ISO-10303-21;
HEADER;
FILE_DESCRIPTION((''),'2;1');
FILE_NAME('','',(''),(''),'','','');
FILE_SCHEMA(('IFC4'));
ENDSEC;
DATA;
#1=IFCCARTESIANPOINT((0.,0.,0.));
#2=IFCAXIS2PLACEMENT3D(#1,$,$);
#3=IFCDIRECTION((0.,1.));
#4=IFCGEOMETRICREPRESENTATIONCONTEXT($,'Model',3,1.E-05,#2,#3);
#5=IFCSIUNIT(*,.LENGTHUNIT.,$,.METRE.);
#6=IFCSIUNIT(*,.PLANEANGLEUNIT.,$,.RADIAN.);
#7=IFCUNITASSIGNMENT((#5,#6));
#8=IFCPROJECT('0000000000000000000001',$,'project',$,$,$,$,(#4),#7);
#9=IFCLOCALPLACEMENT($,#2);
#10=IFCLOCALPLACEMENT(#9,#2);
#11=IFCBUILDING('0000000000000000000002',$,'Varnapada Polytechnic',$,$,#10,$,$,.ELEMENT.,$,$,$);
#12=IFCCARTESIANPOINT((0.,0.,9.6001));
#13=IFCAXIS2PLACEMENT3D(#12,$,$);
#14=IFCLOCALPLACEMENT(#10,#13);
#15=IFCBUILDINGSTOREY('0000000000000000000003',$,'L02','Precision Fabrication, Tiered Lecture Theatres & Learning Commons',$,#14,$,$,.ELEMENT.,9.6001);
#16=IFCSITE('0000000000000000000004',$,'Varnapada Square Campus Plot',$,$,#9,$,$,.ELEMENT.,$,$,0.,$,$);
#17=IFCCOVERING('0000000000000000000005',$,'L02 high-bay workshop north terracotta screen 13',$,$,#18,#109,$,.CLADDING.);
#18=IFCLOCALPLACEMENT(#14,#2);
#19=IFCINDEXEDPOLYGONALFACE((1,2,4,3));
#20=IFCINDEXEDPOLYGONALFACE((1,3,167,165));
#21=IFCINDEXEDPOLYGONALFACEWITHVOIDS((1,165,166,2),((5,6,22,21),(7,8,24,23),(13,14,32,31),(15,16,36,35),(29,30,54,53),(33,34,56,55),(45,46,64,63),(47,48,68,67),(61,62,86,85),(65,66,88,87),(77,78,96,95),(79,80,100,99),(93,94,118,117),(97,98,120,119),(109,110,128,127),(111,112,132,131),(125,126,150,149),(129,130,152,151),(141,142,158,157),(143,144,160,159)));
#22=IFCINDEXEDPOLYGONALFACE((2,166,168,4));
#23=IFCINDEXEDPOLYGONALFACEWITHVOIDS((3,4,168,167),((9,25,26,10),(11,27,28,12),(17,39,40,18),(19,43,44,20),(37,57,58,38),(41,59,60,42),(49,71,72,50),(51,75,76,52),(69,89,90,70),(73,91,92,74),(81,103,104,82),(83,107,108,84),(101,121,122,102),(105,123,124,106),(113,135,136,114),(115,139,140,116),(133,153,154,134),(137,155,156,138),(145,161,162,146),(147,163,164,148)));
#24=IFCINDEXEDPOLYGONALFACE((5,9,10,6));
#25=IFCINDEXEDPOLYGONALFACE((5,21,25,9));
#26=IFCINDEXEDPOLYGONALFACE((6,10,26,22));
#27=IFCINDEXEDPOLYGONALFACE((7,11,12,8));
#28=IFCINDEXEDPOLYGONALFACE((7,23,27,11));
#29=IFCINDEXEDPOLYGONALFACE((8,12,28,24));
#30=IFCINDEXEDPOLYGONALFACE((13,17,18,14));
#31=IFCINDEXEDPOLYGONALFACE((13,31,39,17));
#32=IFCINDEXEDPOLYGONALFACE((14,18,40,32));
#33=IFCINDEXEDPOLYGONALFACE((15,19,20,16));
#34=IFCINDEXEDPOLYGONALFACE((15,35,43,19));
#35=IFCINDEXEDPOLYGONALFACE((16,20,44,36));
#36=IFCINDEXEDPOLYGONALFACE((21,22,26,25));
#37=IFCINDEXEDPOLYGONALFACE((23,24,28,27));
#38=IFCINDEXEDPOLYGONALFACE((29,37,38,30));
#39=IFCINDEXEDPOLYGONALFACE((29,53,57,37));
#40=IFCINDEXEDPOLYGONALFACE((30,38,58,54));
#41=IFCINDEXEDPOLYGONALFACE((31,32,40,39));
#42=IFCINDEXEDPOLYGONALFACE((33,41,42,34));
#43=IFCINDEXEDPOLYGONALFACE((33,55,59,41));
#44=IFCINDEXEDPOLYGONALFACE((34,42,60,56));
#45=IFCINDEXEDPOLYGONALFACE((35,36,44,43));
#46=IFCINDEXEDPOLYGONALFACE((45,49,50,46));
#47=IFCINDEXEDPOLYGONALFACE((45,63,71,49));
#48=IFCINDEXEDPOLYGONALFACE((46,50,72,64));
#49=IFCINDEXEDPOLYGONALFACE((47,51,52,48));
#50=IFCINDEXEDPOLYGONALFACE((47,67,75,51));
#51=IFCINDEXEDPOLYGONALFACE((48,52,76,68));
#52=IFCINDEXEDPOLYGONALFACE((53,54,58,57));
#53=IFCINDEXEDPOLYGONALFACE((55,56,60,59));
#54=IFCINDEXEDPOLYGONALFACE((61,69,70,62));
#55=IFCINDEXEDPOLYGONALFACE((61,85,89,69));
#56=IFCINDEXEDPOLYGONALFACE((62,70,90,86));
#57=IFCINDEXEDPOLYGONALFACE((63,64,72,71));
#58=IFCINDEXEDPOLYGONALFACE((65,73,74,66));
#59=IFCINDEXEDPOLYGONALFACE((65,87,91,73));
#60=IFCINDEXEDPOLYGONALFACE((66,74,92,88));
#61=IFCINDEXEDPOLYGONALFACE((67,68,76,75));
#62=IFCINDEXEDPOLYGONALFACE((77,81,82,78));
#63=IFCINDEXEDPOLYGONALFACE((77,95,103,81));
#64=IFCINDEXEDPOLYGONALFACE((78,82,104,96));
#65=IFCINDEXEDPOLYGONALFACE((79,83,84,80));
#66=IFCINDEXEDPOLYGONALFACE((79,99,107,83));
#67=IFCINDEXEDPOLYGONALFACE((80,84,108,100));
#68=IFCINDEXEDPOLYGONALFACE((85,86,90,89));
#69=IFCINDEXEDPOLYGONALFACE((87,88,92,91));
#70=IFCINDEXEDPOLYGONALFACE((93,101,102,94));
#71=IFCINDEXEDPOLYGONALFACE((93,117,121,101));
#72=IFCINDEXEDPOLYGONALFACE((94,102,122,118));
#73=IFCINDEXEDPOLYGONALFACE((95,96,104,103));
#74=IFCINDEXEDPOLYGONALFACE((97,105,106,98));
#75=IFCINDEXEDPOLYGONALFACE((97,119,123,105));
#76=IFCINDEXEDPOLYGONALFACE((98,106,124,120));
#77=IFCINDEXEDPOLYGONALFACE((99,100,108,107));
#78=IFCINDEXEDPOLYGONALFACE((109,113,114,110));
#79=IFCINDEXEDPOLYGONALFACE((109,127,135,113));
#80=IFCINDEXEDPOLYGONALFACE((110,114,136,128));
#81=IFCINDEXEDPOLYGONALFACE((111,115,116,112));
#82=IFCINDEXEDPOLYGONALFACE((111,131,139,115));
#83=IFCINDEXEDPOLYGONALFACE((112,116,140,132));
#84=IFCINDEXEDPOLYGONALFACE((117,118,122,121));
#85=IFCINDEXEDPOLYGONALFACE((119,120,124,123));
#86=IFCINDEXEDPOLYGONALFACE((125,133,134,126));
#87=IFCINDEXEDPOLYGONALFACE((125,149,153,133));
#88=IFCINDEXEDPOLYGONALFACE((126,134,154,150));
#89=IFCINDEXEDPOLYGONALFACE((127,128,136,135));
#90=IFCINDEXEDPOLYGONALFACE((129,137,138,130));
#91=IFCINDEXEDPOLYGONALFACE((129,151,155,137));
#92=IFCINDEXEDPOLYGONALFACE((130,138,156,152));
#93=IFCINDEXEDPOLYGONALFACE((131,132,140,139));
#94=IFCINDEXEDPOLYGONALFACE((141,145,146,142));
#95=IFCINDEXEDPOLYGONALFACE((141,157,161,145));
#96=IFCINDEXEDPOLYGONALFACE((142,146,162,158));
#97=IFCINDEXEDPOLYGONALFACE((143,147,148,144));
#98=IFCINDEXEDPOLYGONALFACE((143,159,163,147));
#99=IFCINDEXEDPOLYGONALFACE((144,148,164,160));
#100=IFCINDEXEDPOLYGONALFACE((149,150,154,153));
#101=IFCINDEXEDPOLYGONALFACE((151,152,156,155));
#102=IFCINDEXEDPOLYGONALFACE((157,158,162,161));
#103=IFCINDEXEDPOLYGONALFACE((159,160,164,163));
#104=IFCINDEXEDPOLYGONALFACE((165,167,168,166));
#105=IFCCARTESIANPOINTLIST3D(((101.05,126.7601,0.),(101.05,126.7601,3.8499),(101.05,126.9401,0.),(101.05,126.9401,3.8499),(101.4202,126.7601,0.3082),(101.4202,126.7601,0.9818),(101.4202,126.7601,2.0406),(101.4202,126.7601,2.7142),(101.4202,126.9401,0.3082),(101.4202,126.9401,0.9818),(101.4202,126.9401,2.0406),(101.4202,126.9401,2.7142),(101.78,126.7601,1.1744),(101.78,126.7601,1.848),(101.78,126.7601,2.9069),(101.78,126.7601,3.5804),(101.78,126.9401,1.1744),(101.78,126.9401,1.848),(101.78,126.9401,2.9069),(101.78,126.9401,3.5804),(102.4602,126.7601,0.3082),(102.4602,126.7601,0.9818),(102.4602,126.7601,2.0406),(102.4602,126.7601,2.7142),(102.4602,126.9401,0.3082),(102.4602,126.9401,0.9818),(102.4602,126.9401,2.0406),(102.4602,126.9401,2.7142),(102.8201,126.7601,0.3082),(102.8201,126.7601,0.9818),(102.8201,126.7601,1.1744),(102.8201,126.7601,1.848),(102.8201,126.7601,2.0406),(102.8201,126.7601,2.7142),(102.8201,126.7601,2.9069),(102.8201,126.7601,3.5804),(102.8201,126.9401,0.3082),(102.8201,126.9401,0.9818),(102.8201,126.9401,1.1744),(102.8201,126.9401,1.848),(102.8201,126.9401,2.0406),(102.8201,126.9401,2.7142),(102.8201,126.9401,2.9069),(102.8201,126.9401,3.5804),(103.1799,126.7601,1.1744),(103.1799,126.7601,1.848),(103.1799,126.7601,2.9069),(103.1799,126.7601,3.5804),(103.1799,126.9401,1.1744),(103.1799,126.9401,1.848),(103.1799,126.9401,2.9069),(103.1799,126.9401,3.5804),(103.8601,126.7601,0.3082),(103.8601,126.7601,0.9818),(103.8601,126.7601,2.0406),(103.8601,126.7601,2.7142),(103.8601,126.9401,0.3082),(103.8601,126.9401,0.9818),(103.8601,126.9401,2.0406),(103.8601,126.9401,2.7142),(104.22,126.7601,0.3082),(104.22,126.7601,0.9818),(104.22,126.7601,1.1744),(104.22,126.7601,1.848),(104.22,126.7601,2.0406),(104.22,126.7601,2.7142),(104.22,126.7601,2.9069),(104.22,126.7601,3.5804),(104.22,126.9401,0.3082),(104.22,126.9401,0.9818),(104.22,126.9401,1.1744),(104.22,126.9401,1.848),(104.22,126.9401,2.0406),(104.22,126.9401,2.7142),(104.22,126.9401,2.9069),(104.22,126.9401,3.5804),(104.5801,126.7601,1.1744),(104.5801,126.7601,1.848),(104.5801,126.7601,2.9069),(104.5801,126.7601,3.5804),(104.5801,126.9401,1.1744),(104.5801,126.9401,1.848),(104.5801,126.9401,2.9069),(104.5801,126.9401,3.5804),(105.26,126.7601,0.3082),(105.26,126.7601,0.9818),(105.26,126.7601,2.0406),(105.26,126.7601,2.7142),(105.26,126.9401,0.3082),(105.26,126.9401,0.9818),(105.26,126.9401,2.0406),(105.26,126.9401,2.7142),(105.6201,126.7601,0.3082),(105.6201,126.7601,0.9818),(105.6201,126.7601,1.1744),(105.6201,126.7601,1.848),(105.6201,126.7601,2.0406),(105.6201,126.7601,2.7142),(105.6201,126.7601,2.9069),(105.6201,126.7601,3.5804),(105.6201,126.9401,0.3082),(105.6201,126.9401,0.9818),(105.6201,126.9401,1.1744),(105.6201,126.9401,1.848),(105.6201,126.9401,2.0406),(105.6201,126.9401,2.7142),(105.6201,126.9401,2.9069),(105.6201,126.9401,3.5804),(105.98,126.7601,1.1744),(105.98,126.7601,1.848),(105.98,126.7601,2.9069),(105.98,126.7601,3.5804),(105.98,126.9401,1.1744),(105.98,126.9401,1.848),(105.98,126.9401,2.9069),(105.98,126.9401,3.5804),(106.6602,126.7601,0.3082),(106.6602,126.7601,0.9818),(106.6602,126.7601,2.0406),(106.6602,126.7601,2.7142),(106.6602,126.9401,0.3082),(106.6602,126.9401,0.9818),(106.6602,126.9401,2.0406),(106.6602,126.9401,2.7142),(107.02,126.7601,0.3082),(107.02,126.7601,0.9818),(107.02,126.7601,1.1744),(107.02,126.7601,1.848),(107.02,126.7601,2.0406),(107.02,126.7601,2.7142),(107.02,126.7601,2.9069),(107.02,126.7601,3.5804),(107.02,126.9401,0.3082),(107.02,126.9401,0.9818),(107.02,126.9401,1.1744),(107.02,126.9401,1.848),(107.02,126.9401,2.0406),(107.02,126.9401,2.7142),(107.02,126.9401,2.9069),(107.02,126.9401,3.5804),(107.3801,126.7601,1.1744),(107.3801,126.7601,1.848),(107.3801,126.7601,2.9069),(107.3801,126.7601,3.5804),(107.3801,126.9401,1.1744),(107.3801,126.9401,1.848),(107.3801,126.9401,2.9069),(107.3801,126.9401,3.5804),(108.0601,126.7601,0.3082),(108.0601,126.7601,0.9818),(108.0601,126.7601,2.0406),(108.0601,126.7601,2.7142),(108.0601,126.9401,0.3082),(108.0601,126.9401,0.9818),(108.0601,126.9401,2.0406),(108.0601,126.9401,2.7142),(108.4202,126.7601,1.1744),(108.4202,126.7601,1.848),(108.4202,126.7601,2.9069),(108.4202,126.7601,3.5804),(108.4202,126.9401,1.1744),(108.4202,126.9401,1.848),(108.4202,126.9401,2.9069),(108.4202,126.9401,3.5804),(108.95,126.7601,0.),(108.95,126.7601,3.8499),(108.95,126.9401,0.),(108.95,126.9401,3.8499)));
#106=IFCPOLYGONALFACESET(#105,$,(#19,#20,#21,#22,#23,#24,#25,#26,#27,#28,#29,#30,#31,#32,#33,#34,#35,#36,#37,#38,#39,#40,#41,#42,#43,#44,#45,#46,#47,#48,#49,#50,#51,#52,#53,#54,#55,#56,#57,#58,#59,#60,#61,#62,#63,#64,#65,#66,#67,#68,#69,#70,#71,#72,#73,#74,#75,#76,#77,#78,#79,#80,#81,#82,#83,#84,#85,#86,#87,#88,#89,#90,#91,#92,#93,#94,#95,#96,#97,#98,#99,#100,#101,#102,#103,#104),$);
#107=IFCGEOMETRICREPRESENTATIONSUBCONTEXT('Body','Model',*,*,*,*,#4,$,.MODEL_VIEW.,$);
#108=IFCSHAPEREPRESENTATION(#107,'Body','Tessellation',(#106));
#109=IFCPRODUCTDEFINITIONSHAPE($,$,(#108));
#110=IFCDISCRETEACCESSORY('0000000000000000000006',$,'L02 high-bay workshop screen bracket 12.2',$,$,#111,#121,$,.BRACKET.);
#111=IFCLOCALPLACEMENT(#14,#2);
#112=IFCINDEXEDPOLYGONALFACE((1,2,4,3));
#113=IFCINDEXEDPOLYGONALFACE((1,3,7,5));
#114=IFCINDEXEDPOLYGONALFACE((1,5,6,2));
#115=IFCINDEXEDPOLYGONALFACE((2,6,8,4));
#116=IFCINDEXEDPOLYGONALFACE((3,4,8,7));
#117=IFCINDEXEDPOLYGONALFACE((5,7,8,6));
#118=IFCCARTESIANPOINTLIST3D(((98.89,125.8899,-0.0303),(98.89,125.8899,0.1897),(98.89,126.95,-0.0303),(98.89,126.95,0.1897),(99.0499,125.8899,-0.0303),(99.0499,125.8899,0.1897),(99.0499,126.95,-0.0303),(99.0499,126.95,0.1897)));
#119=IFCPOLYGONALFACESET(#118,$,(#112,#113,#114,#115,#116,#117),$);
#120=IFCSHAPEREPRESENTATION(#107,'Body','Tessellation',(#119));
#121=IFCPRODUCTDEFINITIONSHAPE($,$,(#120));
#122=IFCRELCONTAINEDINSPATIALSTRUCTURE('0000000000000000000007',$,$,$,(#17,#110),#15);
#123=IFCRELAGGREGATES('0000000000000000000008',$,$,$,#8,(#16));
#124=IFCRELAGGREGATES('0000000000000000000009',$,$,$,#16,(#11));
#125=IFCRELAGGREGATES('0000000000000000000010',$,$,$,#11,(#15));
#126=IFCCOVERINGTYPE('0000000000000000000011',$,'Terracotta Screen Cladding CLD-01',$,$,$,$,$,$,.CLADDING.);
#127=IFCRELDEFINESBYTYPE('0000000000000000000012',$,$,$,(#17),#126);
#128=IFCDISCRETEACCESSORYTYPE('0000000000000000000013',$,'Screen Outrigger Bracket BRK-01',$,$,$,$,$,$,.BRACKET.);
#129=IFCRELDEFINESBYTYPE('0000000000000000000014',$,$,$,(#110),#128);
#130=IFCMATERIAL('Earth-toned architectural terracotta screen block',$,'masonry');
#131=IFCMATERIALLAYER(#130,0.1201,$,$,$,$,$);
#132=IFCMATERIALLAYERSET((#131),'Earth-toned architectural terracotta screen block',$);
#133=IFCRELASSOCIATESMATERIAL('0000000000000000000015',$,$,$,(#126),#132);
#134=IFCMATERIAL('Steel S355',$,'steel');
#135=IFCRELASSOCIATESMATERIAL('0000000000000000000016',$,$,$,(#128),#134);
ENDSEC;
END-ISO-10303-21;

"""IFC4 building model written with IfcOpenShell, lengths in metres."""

from ifc_helpers import new_model, si_unit, direction, frame, frame_2d, origin, origin_2d, place, context, subcontext, project, spatial, rectangle, extrude, material, layer, layer_set, type_object, element, save


model = new_model("IFC4")

# Units and contexts
model_context = context("Model", 3, precision=1e-05, world=origin(), true_north=direction((0.0, 1.0)))
body_context = subcontext(model_context, "Body", "Model", "MODEL_VIEW")
ifc_project = project(units=[si_unit("LENGTHUNIT", "METRE"), si_unit("PLANEANGLEUNIT", "RADIAN")], contexts=[model_context])

# Site, building, storey
site_placement = place(None, origin())
site = spatial("IfcSite", under=ifc_project, at=site_placement, Name="Varnapada Square Campus Plot", CompositionType="ELEMENT", RefElevation=0.0)
building_placement = place(site_placement, origin())
building = spatial("IfcBuilding", under=site, at=building_placement, Name="Varnapada Polytechnic", CompositionType="ELEMENT")
storey_placement = place(building_placement, frame((0.0, 0.0, 9.6001)))
storey = spatial("IfcBuildingStorey", under=building, at=storey_placement, Name="L02", Description="Precision Fabrication, Tiered Lecture Theatres & Learning Commons", CompositionType="ELEMENT", Elevation=9.6001)

# Shared definitions
ifc_material_1 = material(Name="Steel S355", Category="steel")

# Covering, openings
ifc_material_2 = material(Name="Earth-toned architectural terracotta screen block", Category="masonry")
ifc_layer_1 = layer(ifc_material_2, 0.1201)
ifc_layer_set_1 = layer_set([ifc_layer_1], Name="Earth-toned architectural terracotta screen block")
covering_type = type_object("IfcCoveringType", Name="Terracotta Screen Cladding CLD-01", PredefinedType="CLADDING", material=ifc_layer_set_1)
covering_placement = place(storey_placement, frame((101.05, 126.8501, 0.0), z_axis=(0.0, 0.0, 1.0), x_axis=(1.0, 0.0, 0.0)))
covering = element("IfcCovering", 1, at=covering_placement, inside=storey, type_object=covering_type, Name="L02 high-bay workshop north terracotta screen 13", PredefinedType="CLADDING", context=body_context, shape_type="SweptSolid", body=[
    extrude(rectangle(XDim=7.8999, YDim=0.1799, at=frame_2d((3.95, 0.0))), origin(), (0.0, 0.0, 1.0), 3.8499),
])
opening_1_placement = place(covering_placement, frame((0.3701, 0.0, 0.3081)))
element("IfcOpeningElement", 2, at=opening_1_placement, cuts=covering, PredefinedType="OPENING", context=body_context, shape_type="SweptSolid", body=[
    extrude(rectangle(XDim=1.04, YDim=0.6736, at=frame_2d((0.52, 0.3369))), frame((0.0, 0.0999, 0.0), z_axis=(0.0, -1.0, 0.0), x_axis=(1.0, 0.0, 0.0)), (0.0, 0.0, 1.0), 0.2),
])
opening_2_placement = place(covering_placement, frame((1.77, 0.0, 0.3081)))
element("IfcOpeningElement", 3, at=opening_2_placement, cuts=covering, PredefinedType="OPENING", context=body_context, shape_type="SweptSolid", body=[
    extrude(rectangle(XDim=1.04, YDim=0.6736, at=frame_2d((0.52, 0.3369))), frame((0.0, 0.0999, 0.0), z_axis=(0.0, -1.0, 0.0), x_axis=(1.0, 0.0, 0.0)), (0.0, 0.0, 1.0), 0.2),
])
opening_3_placement = place(covering_placement, frame((3.1699, 0.0, 0.3081)))
element("IfcOpeningElement", 4, at=opening_3_placement, cuts=covering, PredefinedType="OPENING", context=body_context, shape_type="SweptSolid", body=[
    extrude(rectangle(XDim=1.04, YDim=0.6736, at=frame_2d((0.52, 0.3369))), frame((0.0, 0.0999, 0.0), z_axis=(0.0, -1.0, 0.0), x_axis=(1.0, 0.0, 0.0)), (0.0, 0.0, 1.0), 0.2),
])
opening_4_placement = place(covering_placement, frame((4.5701, 0.0, 0.3081)))
element("IfcOpeningElement", 5, at=opening_4_placement, cuts=covering, PredefinedType="OPENING", context=body_context, shape_type="SweptSolid", body=[
    extrude(rectangle(XDim=1.04, YDim=0.6736, at=frame_2d((0.52, 0.3369))), frame((0.0, 0.0999, 0.0), z_axis=(0.0, -1.0, 0.0), x_axis=(1.0, 0.0, 0.0)), (0.0, 0.0, 1.0), 0.2),
])
opening_5_placement = place(covering_placement, frame((5.97, 0.0, 0.3081)))
element("IfcOpeningElement", 6, at=opening_5_placement, cuts=covering, PredefinedType="OPENING", context=body_context, shape_type="SweptSolid", body=[
    extrude(rectangle(XDim=1.04, YDim=0.6736, at=frame_2d((0.52, 0.3369))), frame((0.0, 0.0999, 0.0), z_axis=(0.0, -1.0, 0.0), x_axis=(1.0, 0.0, 0.0)), (0.0, 0.0, 1.0), 0.2),
])
opening_6_placement = place(covering_placement, frame((0.73, 0.0, 1.1743)))
element("IfcOpeningElement", 7, at=opening_6_placement, cuts=covering, PredefinedType="OPENING", context=body_context, shape_type="SweptSolid", body=[
    extrude(rectangle(XDim=1.04, YDim=0.6736, at=frame_2d((0.52, 0.3369))), frame((0.0, 0.0999, 0.0), z_axis=(0.0, -1.0, 0.0), x_axis=(1.0, 0.0, 0.0)), (0.0, 0.0, 1.0), 0.2),
])
opening_7_placement = place(covering_placement, frame((2.1299, 0.0, 1.1743)))
element("IfcOpeningElement", 8, at=opening_7_placement, cuts=covering, PredefinedType="OPENING", context=body_context, shape_type="SweptSolid", body=[
    extrude(rectangle(XDim=1.04, YDim=0.6736, at=frame_2d((0.52, 0.3369))), frame((0.0, 0.0999, 0.0), z_axis=(0.0, -1.0, 0.0), x_axis=(1.0, 0.0, 0.0)), (0.0, 0.0, 1.0), 0.2),
])
opening_8_placement = place(covering_placement, frame((3.53, 0.0, 1.1743)))
element("IfcOpeningElement", 9, at=opening_8_placement, cuts=covering, PredefinedType="OPENING", context=body_context, shape_type="SweptSolid", body=[
    extrude(rectangle(XDim=1.04, YDim=0.6736, at=frame_2d((0.52, 0.3369))), frame((0.0, 0.0999, 0.0), z_axis=(0.0, -1.0, 0.0), x_axis=(1.0, 0.0, 0.0)), (0.0, 0.0, 1.0), 0.2),
])
opening_9_placement = place(covering_placement, frame((4.9299, 0.0, 1.1743)))
element("IfcOpeningElement", 10, at=opening_9_placement, cuts=covering, PredefinedType="OPENING", context=body_context, shape_type="SweptSolid", body=[
    extrude(rectangle(XDim=1.04, YDim=0.6736, at=frame_2d((0.52, 0.3369))), frame((0.0, 0.0999, 0.0), z_axis=(0.0, -1.0, 0.0), x_axis=(1.0, 0.0, 0.0)), (0.0, 0.0, 1.0), 0.2),
])
opening_10_placement = place(covering_placement, frame((6.3301, 0.0, 1.1743)))
element("IfcOpeningElement", 11, at=opening_10_placement, cuts=covering, PredefinedType="OPENING", context=body_context, shape_type="SweptSolid", body=[
    extrude(rectangle(XDim=1.04, YDim=0.6736, at=frame_2d((0.52, 0.3369))), frame((0.0, 0.0999, 0.0), z_axis=(0.0, -1.0, 0.0), x_axis=(1.0, 0.0, 0.0)), (0.0, 0.0, 1.0), 0.2),
])
opening_11_placement = place(covering_placement, frame((0.3701, 0.0, 2.0405)))
element("IfcOpeningElement", 12, at=opening_11_placement, cuts=covering, PredefinedType="OPENING", context=body_context, shape_type="SweptSolid", body=[
    extrude(rectangle(XDim=1.04, YDim=0.6736, at=frame_2d((0.52, 0.3369))), frame((0.0, 0.0999, 0.0), z_axis=(0.0, -1.0, 0.0), x_axis=(1.0, 0.0, 0.0)), (0.0, 0.0, 1.0), 0.2),
])
opening_12_placement = place(covering_placement, frame((1.77, 0.0, 2.0405)))
element("IfcOpeningElement", 13, at=opening_12_placement, cuts=covering, PredefinedType="OPENING", context=body_context, shape_type="SweptSolid", body=[
    extrude(rectangle(XDim=1.04, YDim=0.6736, at=frame_2d((0.52, 0.3369))), frame((0.0, 0.0999, 0.0), z_axis=(0.0, -1.0, 0.0), x_axis=(1.0, 0.0, 0.0)), (0.0, 0.0, 1.0), 0.2),
])
opening_13_placement = place(covering_placement, frame((3.1699, 0.0, 2.0405)))
element("IfcOpeningElement", 14, at=opening_13_placement, cuts=covering, PredefinedType="OPENING", context=body_context, shape_type="SweptSolid", body=[
    extrude(rectangle(XDim=1.04, YDim=0.6736, at=frame_2d((0.52, 0.3369))), frame((0.0, 0.0999, 0.0), z_axis=(0.0, -1.0, 0.0), x_axis=(1.0, 0.0, 0.0)), (0.0, 0.0, 1.0), 0.2),
])
opening_14_placement = place(covering_placement, frame((4.5701, 0.0, 2.0405)))
element("IfcOpeningElement", 15, at=opening_14_placement, cuts=covering, PredefinedType="OPENING", context=body_context, shape_type="SweptSolid", body=[
    extrude(rectangle(XDim=1.04, YDim=0.6736, at=frame_2d((0.52, 0.3369))), frame((0.0, 0.0999, 0.0), z_axis=(0.0, -1.0, 0.0), x_axis=(1.0, 0.0, 0.0)), (0.0, 0.0, 1.0), 0.2),
])
opening_15_placement = place(covering_placement, frame((5.97, 0.0, 2.0405)))
element("IfcOpeningElement", 16, at=opening_15_placement, cuts=covering, PredefinedType="OPENING", context=body_context, shape_type="SweptSolid", body=[
    extrude(rectangle(XDim=1.04, YDim=0.6736, at=frame_2d((0.52, 0.3369))), frame((0.0, 0.0999, 0.0), z_axis=(0.0, -1.0, 0.0), x_axis=(1.0, 0.0, 0.0)), (0.0, 0.0, 1.0), 0.2),
])
opening_16_placement = place(covering_placement, frame((0.73, 0.0, 2.9067)))
element("IfcOpeningElement", 17, at=opening_16_placement, cuts=covering, PredefinedType="OPENING", context=body_context, shape_type="SweptSolid", body=[
    extrude(rectangle(XDim=1.04, YDim=0.6736, at=frame_2d((0.52, 0.3369))), frame((0.0, 0.0999, 0.0), z_axis=(0.0, -1.0, 0.0), x_axis=(1.0, 0.0, 0.0)), (0.0, 0.0, 1.0), 0.2),
])
opening_17_placement = place(covering_placement, frame((2.1299, 0.0, 2.9067)))
element("IfcOpeningElement", 18, at=opening_17_placement, cuts=covering, PredefinedType="OPENING", context=body_context, shape_type="SweptSolid", body=[
    extrude(rectangle(XDim=1.04, YDim=0.6736, at=frame_2d((0.52, 0.3369))), frame((0.0, 0.0999, 0.0), z_axis=(0.0, -1.0, 0.0), x_axis=(1.0, 0.0, 0.0)), (0.0, 0.0, 1.0), 0.2),
])
opening_18_placement = place(covering_placement, frame((3.53, 0.0, 2.9067)))
element("IfcOpeningElement", 19, at=opening_18_placement, cuts=covering, PredefinedType="OPENING", context=body_context, shape_type="SweptSolid", body=[
    extrude(rectangle(XDim=1.04, YDim=0.6736, at=frame_2d((0.52, 0.3369))), frame((0.0, 0.0999, 0.0), z_axis=(0.0, -1.0, 0.0), x_axis=(1.0, 0.0, 0.0)), (0.0, 0.0, 1.0), 0.2),
])
opening_19_placement = place(covering_placement, frame((4.9299, 0.0, 2.9067)))
element("IfcOpeningElement", 20, at=opening_19_placement, cuts=covering, PredefinedType="OPENING", context=body_context, shape_type="SweptSolid", body=[
    extrude(rectangle(XDim=1.04, YDim=0.6736, at=frame_2d((0.52, 0.3369))), frame((0.0, 0.0999, 0.0), z_axis=(0.0, -1.0, 0.0), x_axis=(1.0, 0.0, 0.0)), (0.0, 0.0, 1.0), 0.2),
])
opening_20_placement = place(covering_placement, frame((6.3301, 0.0, 2.9067)))
element("IfcOpeningElement", 21, at=opening_20_placement, cuts=covering, PredefinedType="OPENING", context=body_context, shape_type="SweptSolid", body=[
    extrude(rectangle(XDim=1.04, YDim=0.6736, at=frame_2d((0.52, 0.3369))), frame((0.0, 0.0999, 0.0), z_axis=(0.0, -1.0, 0.0), x_axis=(1.0, 0.0, 0.0)), (0.0, 0.0, 1.0), 0.2),
])

# Discrete accessory
discrete_accessory_type = type_object("IfcDiscreteAccessoryType", Name="Screen Outrigger Bracket BRK-01", PredefinedType="BRACKET", material=ifc_material_1)
discrete_accessory_placement = place(storey_placement, frame((98.97, 126.4199, -0.0303), z_axis=(0.0, 0.0, 1.0), x_axis=(1.0, 0.0, 0.0)))
element("IfcDiscreteAccessory", 22, at=discrete_accessory_placement, inside=storey, type_object=discrete_accessory_type, Name="L02 high-bay workshop screen bracket 12.2", PredefinedType="BRACKET", context=body_context, shape_type="SweptSolid", body=[
    extrude(rectangle(XDim=0.1599, YDim=1.0601, at=origin_2d()), origin(), (0.0, 0.0, 1.0), 0.22),
])

save(model, "model.ifc")
